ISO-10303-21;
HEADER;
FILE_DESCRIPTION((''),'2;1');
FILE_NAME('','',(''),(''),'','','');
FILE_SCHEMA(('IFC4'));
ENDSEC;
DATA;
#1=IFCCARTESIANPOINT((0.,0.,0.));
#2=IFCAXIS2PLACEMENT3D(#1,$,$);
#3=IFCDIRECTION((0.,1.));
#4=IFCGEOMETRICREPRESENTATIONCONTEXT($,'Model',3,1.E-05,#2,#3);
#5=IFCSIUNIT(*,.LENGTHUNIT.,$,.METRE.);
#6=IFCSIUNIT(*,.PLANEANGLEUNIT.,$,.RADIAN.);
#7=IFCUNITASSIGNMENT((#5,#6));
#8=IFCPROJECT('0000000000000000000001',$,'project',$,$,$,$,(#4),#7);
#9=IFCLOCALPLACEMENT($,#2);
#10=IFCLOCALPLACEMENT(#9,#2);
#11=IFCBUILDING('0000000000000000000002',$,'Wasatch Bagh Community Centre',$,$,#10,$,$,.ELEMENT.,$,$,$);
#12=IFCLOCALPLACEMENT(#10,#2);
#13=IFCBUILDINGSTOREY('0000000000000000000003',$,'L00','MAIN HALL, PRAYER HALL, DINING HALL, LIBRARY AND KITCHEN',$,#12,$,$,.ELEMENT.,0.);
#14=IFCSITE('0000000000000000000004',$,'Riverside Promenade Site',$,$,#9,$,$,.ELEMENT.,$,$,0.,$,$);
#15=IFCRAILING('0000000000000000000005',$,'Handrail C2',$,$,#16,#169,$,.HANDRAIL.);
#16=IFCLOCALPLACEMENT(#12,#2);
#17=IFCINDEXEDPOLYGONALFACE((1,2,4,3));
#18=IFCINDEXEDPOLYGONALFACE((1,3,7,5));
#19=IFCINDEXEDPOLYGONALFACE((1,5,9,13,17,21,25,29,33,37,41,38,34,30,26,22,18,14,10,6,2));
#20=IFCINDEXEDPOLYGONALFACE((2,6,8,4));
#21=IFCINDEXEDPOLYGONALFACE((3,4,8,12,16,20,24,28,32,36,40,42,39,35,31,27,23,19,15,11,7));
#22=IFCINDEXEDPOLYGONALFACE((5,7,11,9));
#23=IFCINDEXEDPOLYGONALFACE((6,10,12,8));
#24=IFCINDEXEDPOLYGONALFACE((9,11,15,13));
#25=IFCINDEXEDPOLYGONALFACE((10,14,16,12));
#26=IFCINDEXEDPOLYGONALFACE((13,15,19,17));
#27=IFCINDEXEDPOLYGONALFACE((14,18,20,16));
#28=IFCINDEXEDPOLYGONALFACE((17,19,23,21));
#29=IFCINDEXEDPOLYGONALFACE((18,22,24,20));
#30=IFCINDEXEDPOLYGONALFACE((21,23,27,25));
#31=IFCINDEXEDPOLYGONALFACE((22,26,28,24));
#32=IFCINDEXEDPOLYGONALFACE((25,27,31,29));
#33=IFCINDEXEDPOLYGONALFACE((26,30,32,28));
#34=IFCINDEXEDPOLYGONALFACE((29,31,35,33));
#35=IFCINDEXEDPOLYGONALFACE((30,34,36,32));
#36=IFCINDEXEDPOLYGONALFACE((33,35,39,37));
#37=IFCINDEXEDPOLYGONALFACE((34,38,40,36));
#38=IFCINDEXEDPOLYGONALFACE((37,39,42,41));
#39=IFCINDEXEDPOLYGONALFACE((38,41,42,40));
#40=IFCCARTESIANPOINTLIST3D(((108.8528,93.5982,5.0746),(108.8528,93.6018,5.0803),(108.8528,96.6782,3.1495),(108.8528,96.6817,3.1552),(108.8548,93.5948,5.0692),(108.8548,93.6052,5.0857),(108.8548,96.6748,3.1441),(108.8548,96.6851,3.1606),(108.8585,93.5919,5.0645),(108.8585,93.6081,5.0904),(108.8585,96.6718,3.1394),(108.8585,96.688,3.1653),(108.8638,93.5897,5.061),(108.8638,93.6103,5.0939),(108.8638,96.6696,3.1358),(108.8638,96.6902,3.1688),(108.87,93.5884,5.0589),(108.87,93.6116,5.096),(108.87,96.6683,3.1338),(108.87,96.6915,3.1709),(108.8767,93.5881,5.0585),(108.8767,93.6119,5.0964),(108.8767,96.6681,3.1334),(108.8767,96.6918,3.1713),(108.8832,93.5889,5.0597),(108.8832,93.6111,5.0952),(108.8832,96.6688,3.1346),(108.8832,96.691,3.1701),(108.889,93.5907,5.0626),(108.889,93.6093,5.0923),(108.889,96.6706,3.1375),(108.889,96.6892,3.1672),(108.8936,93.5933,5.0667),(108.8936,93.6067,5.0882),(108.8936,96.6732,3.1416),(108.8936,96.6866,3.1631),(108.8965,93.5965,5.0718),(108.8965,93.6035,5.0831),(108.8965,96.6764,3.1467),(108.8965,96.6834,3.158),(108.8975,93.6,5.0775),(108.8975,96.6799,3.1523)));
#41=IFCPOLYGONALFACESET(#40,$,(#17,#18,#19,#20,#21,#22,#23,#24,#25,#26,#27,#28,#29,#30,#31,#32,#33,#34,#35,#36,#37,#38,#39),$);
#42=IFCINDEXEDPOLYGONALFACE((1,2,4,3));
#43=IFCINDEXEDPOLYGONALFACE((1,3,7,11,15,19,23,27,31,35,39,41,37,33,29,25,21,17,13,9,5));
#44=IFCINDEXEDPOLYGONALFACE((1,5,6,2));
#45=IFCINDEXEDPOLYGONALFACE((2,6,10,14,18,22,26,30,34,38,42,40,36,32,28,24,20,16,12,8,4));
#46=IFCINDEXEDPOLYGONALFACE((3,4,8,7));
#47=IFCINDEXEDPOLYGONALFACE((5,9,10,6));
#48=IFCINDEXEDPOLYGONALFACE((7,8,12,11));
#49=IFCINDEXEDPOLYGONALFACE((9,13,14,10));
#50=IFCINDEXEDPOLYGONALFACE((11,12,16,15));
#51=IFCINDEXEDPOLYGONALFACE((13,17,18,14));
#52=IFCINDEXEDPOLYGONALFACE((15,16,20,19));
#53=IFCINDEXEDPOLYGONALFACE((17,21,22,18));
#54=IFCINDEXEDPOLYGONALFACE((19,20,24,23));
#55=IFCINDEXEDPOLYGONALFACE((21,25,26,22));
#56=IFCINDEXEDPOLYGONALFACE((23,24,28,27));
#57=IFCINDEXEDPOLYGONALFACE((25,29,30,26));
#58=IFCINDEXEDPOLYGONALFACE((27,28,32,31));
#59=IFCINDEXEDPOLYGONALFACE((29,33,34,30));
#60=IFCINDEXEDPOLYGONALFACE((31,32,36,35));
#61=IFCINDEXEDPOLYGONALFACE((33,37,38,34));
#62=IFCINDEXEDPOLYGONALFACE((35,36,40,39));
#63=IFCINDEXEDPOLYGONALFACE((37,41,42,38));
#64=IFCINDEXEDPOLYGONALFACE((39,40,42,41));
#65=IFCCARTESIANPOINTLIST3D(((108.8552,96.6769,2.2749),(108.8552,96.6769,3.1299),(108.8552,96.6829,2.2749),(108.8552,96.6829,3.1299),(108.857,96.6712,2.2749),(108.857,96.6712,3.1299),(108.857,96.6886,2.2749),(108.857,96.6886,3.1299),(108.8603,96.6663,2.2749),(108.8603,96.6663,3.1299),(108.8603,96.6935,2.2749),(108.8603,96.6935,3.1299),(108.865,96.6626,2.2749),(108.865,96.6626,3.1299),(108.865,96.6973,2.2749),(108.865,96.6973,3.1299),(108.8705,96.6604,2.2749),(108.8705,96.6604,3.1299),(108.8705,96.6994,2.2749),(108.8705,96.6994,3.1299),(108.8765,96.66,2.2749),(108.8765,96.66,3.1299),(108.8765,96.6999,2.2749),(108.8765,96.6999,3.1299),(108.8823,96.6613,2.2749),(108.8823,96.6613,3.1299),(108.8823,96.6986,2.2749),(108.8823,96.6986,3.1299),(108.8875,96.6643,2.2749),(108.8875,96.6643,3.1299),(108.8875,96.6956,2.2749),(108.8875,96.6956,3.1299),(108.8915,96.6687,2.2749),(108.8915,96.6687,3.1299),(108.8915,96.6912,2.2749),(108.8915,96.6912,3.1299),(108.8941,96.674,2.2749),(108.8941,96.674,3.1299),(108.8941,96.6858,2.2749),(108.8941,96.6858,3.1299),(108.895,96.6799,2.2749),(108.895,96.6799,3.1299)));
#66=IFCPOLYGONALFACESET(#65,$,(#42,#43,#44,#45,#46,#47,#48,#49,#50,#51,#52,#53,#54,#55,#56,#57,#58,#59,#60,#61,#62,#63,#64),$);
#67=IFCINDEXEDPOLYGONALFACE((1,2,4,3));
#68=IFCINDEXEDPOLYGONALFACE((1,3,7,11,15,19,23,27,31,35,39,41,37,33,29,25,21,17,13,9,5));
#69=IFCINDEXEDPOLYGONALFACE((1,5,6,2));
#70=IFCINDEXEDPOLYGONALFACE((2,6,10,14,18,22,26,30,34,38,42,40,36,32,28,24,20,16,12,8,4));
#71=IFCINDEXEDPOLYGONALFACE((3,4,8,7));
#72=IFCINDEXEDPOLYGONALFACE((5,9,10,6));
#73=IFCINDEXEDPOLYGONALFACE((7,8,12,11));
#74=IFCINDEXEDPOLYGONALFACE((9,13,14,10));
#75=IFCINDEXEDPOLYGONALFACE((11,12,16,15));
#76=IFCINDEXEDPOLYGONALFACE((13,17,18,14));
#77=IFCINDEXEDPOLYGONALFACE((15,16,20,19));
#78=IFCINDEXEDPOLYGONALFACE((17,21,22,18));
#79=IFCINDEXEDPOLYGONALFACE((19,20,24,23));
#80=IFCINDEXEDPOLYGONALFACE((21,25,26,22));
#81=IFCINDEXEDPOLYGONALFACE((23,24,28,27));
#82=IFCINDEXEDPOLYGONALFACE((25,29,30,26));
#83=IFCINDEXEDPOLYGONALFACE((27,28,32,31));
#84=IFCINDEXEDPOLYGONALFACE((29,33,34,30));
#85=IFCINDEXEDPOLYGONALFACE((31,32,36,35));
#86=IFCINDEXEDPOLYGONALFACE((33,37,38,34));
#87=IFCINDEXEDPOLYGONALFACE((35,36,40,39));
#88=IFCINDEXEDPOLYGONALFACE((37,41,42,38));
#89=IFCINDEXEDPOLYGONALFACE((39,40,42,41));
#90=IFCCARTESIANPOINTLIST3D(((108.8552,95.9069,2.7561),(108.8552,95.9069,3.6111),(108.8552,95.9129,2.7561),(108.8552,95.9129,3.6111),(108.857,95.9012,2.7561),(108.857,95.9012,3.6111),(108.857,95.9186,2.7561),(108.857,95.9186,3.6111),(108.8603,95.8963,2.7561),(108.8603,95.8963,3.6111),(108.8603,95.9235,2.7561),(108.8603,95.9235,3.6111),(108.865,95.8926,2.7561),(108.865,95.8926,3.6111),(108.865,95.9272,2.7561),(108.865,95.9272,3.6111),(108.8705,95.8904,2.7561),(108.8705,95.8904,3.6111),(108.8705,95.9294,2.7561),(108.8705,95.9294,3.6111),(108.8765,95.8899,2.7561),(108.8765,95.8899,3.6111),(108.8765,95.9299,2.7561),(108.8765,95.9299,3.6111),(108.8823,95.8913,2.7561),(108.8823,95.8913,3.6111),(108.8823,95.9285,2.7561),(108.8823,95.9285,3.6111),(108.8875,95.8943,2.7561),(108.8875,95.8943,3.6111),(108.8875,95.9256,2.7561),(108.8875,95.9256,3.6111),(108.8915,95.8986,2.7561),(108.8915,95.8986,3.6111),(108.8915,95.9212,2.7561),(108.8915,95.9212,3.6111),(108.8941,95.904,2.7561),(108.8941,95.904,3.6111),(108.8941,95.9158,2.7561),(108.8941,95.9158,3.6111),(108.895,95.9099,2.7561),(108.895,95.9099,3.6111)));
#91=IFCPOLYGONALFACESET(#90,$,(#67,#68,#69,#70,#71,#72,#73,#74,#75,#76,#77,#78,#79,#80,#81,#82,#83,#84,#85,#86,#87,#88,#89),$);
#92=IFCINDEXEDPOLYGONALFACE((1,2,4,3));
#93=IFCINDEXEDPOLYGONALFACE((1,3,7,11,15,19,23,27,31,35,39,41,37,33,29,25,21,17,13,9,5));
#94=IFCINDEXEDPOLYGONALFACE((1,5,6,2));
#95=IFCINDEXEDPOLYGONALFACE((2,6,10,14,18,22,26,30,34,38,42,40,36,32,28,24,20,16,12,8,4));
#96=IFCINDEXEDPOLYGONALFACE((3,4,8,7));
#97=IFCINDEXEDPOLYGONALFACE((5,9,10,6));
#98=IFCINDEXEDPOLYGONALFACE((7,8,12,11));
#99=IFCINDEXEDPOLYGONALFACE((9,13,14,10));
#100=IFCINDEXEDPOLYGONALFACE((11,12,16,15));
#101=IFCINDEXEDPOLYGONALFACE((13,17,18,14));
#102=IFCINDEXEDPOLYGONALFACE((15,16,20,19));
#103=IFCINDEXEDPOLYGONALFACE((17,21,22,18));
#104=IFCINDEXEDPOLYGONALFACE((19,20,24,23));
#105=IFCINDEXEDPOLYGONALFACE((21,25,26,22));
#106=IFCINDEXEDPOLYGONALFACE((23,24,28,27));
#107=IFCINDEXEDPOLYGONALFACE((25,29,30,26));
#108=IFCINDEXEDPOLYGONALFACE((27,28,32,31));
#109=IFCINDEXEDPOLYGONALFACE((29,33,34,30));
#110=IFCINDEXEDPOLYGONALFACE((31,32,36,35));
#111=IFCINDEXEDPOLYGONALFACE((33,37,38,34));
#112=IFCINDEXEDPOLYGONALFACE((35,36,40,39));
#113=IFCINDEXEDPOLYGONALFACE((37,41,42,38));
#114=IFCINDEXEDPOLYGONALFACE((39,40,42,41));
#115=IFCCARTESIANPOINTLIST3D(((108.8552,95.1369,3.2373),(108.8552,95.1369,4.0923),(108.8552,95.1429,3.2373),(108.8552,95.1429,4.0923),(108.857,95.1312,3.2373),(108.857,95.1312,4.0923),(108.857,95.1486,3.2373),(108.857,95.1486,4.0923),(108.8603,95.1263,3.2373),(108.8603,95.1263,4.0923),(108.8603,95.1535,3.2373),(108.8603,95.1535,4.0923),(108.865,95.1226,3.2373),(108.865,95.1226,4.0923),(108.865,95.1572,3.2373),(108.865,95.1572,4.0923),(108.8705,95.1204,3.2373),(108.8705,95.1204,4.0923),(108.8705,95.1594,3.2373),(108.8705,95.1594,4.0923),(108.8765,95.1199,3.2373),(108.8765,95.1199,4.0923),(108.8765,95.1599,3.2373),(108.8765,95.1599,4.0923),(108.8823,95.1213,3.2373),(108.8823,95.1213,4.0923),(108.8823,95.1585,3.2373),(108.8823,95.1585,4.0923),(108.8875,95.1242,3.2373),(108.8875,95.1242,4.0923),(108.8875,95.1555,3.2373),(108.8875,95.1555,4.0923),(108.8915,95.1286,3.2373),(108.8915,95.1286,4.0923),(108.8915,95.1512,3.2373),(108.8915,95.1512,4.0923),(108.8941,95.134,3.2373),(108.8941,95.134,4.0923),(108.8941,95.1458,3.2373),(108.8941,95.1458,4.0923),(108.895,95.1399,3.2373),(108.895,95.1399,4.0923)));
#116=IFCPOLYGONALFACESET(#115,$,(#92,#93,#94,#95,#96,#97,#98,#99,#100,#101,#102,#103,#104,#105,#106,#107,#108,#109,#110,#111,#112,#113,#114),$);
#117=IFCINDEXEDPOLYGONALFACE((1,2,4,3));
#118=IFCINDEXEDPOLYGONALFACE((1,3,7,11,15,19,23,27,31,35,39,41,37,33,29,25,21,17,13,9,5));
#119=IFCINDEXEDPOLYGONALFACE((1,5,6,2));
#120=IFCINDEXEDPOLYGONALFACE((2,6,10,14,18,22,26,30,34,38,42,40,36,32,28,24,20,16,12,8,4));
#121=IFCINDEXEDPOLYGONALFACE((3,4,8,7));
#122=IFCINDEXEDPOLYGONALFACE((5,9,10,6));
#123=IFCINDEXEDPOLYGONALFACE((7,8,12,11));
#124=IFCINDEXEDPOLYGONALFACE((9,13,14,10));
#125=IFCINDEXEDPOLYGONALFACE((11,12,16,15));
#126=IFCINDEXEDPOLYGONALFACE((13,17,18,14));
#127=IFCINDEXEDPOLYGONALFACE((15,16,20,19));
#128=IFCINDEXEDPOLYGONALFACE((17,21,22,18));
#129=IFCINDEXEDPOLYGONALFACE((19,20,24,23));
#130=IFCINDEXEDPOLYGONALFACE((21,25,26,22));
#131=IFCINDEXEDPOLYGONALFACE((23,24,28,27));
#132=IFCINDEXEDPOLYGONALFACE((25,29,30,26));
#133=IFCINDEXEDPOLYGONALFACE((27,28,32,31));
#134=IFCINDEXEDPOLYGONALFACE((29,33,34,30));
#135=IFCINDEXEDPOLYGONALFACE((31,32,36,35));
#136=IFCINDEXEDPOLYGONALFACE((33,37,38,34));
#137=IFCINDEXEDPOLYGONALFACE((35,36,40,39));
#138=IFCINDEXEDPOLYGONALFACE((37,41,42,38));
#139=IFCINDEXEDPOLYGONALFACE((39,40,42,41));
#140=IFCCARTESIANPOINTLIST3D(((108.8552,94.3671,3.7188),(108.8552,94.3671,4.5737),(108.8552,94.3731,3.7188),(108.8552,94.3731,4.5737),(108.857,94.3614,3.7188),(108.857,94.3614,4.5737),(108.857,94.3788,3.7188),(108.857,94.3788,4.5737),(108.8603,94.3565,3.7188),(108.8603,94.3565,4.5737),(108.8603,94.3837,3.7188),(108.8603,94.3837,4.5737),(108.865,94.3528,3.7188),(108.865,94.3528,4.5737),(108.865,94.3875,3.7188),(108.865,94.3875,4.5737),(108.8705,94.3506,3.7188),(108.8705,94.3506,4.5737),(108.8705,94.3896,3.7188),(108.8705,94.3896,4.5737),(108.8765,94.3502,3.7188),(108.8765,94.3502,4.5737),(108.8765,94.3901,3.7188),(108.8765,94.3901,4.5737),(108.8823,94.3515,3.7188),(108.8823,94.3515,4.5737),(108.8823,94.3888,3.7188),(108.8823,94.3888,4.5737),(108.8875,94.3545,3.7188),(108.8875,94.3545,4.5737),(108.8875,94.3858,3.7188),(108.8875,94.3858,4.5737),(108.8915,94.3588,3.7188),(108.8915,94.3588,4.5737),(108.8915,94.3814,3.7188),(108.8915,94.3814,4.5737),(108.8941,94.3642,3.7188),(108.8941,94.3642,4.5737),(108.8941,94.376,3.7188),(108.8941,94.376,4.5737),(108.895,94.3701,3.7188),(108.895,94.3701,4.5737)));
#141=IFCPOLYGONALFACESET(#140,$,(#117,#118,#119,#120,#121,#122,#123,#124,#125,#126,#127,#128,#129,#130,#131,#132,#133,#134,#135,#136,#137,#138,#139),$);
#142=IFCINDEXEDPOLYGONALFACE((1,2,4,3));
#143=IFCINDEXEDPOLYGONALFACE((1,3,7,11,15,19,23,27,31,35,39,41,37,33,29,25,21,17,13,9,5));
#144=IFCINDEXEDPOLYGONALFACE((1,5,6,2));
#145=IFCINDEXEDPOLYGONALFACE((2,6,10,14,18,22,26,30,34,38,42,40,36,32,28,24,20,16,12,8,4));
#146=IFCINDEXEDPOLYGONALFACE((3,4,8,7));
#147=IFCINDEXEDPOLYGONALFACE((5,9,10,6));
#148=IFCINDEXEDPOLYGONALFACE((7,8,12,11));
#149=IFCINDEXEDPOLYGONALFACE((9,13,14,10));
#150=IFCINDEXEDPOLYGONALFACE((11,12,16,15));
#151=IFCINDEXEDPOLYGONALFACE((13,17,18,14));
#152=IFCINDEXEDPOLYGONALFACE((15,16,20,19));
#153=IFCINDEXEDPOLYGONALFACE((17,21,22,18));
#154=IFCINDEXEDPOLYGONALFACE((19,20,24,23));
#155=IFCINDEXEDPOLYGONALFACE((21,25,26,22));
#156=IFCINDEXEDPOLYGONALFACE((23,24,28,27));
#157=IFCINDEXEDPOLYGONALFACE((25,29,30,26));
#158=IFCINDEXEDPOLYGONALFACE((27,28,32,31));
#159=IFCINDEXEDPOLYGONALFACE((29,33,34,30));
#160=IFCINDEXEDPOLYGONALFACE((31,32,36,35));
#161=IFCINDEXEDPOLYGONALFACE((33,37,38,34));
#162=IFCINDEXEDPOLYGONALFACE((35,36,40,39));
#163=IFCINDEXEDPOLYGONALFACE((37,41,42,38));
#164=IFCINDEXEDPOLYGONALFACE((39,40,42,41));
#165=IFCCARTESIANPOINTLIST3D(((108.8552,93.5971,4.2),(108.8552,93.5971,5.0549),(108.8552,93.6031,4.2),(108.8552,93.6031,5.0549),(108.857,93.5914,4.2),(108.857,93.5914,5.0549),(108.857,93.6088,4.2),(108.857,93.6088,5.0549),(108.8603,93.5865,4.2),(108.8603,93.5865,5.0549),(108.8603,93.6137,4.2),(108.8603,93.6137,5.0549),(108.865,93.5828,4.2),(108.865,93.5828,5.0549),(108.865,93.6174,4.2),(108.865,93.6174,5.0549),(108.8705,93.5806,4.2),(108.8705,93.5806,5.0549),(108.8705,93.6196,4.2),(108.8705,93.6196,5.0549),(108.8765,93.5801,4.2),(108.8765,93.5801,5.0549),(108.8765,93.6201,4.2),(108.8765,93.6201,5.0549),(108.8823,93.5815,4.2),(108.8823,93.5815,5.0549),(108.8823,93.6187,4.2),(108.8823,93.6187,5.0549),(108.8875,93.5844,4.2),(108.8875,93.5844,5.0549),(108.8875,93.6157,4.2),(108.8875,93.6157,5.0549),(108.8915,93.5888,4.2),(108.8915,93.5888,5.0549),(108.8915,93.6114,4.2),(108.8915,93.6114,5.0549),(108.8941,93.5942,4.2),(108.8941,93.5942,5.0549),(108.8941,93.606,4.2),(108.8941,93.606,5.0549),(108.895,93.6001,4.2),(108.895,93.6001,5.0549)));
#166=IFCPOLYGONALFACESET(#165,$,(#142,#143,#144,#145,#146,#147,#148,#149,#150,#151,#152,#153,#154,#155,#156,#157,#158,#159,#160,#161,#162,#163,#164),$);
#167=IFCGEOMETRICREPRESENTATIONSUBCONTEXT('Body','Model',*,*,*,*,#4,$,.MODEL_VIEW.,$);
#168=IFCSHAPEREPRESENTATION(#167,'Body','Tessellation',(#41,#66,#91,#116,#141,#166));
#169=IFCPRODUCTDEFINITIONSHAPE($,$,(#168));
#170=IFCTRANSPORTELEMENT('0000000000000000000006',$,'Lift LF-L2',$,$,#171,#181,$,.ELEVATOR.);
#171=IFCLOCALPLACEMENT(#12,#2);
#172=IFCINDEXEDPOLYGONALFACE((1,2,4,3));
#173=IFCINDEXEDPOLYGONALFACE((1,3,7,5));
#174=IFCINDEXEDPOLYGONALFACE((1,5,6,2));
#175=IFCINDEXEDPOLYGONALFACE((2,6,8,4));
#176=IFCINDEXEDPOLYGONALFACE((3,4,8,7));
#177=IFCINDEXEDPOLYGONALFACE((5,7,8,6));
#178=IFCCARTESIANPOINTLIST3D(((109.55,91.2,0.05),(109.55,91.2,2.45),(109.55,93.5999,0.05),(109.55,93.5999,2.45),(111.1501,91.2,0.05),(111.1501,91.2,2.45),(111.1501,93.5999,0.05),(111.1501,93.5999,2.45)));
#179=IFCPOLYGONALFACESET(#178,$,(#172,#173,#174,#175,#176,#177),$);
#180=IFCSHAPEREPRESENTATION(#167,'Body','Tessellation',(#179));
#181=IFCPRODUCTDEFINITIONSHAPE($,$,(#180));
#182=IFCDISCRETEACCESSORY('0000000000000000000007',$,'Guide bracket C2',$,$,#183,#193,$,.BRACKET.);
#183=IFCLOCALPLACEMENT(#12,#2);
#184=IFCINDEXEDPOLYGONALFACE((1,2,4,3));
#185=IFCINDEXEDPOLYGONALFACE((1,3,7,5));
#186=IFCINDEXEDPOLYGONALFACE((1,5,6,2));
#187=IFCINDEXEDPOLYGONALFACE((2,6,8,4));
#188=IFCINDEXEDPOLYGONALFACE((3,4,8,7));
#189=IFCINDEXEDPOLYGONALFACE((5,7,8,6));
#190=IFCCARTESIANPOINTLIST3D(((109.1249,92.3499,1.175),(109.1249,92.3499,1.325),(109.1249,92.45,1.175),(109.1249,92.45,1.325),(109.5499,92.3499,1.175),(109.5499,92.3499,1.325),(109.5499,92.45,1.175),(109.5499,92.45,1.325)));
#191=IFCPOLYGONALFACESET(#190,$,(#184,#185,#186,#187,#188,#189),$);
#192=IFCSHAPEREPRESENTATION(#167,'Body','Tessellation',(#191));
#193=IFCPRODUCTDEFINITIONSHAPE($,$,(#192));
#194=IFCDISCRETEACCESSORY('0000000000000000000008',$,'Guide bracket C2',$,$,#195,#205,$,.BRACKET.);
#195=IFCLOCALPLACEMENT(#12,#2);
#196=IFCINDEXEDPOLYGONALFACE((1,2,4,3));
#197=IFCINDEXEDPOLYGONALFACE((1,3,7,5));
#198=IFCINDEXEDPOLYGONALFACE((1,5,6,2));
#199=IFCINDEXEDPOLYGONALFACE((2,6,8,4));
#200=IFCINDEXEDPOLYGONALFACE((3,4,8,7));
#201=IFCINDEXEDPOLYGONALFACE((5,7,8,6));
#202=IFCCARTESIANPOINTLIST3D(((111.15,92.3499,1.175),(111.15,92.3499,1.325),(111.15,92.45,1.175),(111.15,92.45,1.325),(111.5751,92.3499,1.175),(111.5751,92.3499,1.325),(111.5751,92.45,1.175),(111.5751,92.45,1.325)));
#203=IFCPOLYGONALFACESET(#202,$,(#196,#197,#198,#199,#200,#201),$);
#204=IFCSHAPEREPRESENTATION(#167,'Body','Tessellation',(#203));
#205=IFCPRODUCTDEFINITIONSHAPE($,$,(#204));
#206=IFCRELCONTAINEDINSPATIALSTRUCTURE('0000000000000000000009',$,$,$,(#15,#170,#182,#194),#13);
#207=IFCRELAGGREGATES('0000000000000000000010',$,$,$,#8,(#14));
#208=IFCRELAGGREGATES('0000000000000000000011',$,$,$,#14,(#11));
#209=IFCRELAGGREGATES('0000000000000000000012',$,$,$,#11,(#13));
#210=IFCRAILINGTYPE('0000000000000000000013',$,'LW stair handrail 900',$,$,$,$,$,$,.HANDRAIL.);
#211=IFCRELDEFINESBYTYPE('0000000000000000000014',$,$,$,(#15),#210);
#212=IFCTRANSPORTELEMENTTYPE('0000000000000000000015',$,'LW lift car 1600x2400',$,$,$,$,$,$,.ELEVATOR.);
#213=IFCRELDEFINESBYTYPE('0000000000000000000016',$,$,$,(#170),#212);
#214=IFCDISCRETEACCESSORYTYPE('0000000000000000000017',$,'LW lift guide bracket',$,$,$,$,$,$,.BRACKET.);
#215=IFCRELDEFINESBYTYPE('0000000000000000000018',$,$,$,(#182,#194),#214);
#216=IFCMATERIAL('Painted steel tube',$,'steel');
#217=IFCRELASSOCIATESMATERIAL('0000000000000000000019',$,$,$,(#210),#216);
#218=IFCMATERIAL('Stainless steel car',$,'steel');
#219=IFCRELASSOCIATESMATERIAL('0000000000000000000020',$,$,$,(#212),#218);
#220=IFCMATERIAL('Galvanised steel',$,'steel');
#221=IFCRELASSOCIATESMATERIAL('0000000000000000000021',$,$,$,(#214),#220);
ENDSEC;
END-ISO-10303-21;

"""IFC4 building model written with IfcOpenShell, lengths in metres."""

from ifc_helpers import new_model, si_unit, direction, frame, origin, origin_2d, place, context, subcontext, project, spatial, rectangle, circle, extrude, material, type_object, element, save


model = new_model("IFC4")

# Units and contexts
model_context = context("Model", 3, precision=1e-05, world=origin(), true_north=direction((0.0, 1.0)))
body_context = subcontext(model_context, "Body", "Model", "MODEL_VIEW")
ifc_project = project(units=[si_unit("LENGTHUNIT", "METRE"), si_unit("PLANEANGLEUNIT", "RADIAN")], contexts=[model_context])

# Site, building, storey
site_placement = place(None, origin())
site = spatial("IfcSite", under=ifc_project, at=site_placement, Name="Riverside Promenade Site", CompositionType="ELEMENT", RefElevation=0.0)
building_placement = place(site_placement, origin())
building = spatial("IfcBuilding", under=site, at=building_placement, Name="Wasatch Bagh Community Centre", CompositionType="ELEMENT")
storey_placement = place(building_placement, origin())
storey = spatial("IfcBuildingStorey", under=building, at=storey_placement, Name="L00", Description="MAIN HALL, PRAYER HALL, DINING HALL, LIBRARY AND KITCHEN", CompositionType="ELEMENT", Elevation=0.0)

# Railing
ifc_material_1 = material(Name="Painted steel tube", Category="steel")
railing_type_1 = type_object("IfcRailingType", Name="LW stair handrail 900", PredefinedType="HANDRAIL", material=ifc_material_1)
for number, where, name in (
    (1, (108.875, 96.6799, 2.2749), "Handrail C2"),
):
    element("IfcRailing", number, at=place(storey_placement, frame(where)), inside=storey, type_object=railing_type_1, Name=name, PredefinedType="HANDRAIL", context=body_context, shape_type="SweptSolid", body=[
        extrude(circle(Radius=0.0225, at=origin_2d()), frame((0.0, 0.0, 0.8774), z_axis=(0.0, -0.847979, 0.530029), x_axis=(1.0, 0.0, 0.0)), (0.0, 0.0, 1.0), 3.6321),
        extrude(circle(Radius=0.02, at=origin_2d()), origin(), (0.0, 0.0, 1.0), 0.855),
        extrude(circle(Radius=0.02, at=origin_2d()), frame((0.0, -0.77, 0.4812)), (0.0, 0.0, 1.0), 0.855),
        extrude(circle(Radius=0.02, at=origin_2d()), frame((0.0, -1.54, 0.9624)), (0.0, 0.0, 1.0), 0.855),
        extrude(circle(Radius=0.02, at=origin_2d()), frame((0.0, -2.3098, 1.4438)), (0.0, 0.0, 1.0), 0.855),
        extrude(circle(Radius=0.02, at=origin_2d()), frame((0.0, -3.0798, 1.925)), (0.0, 0.0, 1.0), 0.855),
    ])

# Transport element
ifc_material_2 = material(Name="Stainless steel car", Category="steel")
transport_element_type = type_object("IfcTransportElementType", Name="LW lift car 1600x2400", PredefinedType="ELEVATOR", material=ifc_material_2)
transport_element_placement = place(storey_placement, frame((110.3501, 92.3999, 0.05), z_axis=(0.0, 0.0, 1.0), x_axis=(1.0, 0.0, 0.0)))
element("IfcTransportElement", 2, at=transport_element_placement, inside=storey, type_object=transport_element_type, Name="Lift LF-L2", PredefinedType="ELEVATOR", context=body_context, shape_type="SweptSolid", body=[
    extrude(rectangle(XDim=1.6001, YDim=2.3999, at=origin_2d()), origin(), (0.0, 0.0, 1.0), 2.3999),
])

# Discrete accessories
ifc_material_3 = material(Name="Galvanised steel", Category="steel")
discrete_accessory_type = type_object("IfcDiscreteAccessoryType", Name="LW lift guide bracket", PredefinedType="BRACKET", material=ifc_material_3)
for number, where, z_axis, x_axis, name in (
    (3, (109.3374, 92.3999, 1.175), (0.0, 0.0, 1.0), (1.0, 0.0, 0.0), "Guide bracket C2"),
    (4, (111.3625, 92.3999, 1.175), (0.0, 0.0, 1.0), (1.0, 0.0, 0.0), "Guide bracket C2"),
):
    element("IfcDiscreteAccessory", number, at=place(storey_placement, frame(where, z_axis=z_axis, x_axis=x_axis)), inside=storey, type_object=discrete_accessory_type, Name=name, PredefinedType="BRACKET", context=body_context, shape_type="SweptSolid", body=[
        extrude(rectangle(XDim=0.425, YDim=0.1001, at=origin_2d()), origin(), (0.0, 0.0, 1.0), 0.1499),
    ])

save(model, "model.ifc")
